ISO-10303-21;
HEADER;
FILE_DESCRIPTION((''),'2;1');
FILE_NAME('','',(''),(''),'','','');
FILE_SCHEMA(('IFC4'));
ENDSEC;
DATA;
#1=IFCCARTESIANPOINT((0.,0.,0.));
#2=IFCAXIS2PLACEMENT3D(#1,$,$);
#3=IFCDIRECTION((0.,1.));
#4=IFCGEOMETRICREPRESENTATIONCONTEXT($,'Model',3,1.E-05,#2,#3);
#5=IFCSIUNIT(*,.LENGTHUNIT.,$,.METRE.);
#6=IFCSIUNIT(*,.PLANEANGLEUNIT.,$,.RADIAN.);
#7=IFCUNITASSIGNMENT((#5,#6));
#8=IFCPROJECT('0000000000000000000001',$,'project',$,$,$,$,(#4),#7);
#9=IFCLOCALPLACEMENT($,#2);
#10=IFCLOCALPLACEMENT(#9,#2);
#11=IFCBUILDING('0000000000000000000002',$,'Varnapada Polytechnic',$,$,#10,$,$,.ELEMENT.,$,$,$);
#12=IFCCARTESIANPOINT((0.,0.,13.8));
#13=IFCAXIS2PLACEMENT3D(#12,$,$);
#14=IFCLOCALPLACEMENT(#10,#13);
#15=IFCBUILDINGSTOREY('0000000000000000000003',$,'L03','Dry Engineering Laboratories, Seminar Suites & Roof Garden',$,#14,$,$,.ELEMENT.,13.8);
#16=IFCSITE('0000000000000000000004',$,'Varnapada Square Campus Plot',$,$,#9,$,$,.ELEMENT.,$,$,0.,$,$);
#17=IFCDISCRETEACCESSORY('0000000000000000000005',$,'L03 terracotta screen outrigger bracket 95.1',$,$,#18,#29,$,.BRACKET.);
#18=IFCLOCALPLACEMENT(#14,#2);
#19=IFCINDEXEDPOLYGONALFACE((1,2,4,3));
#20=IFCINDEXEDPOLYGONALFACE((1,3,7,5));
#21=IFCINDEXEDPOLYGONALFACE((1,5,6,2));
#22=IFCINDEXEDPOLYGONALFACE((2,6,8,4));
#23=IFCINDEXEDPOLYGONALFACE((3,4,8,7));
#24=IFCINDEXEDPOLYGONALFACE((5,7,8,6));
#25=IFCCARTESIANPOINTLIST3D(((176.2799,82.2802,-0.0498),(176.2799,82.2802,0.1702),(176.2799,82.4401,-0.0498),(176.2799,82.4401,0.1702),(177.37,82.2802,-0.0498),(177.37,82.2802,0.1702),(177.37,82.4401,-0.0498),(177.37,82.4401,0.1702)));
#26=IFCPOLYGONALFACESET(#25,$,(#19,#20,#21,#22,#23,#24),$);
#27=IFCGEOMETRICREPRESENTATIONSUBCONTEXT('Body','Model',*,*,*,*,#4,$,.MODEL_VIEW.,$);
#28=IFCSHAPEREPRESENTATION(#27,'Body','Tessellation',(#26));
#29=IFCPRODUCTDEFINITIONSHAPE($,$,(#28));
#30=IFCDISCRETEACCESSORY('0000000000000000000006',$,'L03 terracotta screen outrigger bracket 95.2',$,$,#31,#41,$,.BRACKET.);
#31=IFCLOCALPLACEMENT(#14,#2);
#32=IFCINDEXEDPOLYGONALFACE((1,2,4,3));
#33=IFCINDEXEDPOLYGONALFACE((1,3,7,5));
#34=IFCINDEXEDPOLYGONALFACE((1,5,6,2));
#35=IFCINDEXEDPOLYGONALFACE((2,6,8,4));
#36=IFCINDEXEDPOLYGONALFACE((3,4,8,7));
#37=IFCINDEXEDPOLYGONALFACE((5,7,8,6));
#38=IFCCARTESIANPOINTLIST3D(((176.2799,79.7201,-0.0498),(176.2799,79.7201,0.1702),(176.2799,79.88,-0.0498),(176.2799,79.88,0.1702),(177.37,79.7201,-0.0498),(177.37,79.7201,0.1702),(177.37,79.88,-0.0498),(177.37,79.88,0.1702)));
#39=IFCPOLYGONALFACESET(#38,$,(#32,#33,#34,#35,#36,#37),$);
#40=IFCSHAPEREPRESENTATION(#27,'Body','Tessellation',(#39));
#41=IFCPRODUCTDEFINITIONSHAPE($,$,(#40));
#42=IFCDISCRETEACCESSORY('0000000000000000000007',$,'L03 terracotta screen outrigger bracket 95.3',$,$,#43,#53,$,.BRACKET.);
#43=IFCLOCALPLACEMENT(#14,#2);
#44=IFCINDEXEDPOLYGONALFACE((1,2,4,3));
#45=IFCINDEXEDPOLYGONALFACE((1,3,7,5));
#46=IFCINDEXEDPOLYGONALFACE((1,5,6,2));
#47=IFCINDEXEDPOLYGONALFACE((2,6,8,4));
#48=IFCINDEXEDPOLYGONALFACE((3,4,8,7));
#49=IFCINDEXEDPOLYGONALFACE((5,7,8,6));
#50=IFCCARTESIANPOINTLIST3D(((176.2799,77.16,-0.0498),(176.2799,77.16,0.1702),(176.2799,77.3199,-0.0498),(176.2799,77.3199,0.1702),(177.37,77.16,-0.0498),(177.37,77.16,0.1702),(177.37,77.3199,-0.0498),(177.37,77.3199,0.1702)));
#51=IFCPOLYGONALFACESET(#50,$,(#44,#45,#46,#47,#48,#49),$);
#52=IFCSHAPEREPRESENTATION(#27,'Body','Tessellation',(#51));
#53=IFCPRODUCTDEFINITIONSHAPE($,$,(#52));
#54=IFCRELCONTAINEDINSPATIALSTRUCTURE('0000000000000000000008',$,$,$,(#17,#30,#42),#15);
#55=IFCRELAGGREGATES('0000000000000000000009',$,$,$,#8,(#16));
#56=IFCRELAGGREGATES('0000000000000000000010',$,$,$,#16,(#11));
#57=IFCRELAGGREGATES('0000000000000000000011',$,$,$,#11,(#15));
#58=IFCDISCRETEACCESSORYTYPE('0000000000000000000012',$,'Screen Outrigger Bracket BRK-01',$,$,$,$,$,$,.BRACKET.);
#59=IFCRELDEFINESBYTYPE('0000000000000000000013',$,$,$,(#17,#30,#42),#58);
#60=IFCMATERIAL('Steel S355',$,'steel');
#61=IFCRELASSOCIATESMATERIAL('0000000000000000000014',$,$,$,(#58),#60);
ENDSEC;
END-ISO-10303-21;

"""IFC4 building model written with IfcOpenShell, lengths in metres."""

from ifc_helpers import new_model, si_unit, direction, frame, origin, origin_2d, place, context, subcontext, project, spatial, rectangle, extrude, material, type_object, element, save


model = new_model("IFC4")

# Units and contexts
model_context = context("Model", 3, precision=1e-05, world=origin(), true_north=direction((0.0, 1.0)))
body_context = subcontext(model_context, "Body", "Model", "MODEL_VIEW")
ifc_project = project(units=[si_unit("LENGTHUNIT", "METRE"), si_unit("PLANEANGLEUNIT", "RADIAN")], contexts=[model_context])

# Site, building, storey
site_placement = place(None, origin())
site = spatial("IfcSite", under=ifc_project, at=site_placement, Name="Varnapada Square Campus Plot", CompositionType="ELEMENT", RefElevation=0.0)
building_placement = place(site_placement, origin())
building = spatial("IfcBuilding", under=site, at=building_placement, Name="Varnapada Polytechnic", CompositionType="ELEMENT")
storey_placement = place(building_placement, frame((0.0, 0.0, 13.8)))
storey = spatial("IfcBuildingStorey", under=building, at=storey_placement, Name="L03", Description="Dry Engineering Laboratories, Seminar Suites & Roof Garden", CompositionType="ELEMENT", Elevation=13.8)

# Discrete accessories
ifc_material_1 = material(Name="Steel S355", Category="steel")
discrete_accessory_type = type_object("IfcDiscreteAccessoryType", Name="Screen Outrigger Bracket BRK-01", PredefinedType="BRACKET", material=ifc_material_1)
for number, where, z_axis, x_axis, name in (
    (1, (176.825, 82.3601, -0.0498), (0.0, 0.0, 1.0), (0.0, -1.0, 0.0), "L03 terracotta screen outrigger bracket 95.1"),
    (2, (176.825, 79.8, -0.0498), (0.0, 0.0, 1.0), (0.0, -1.0, 0.0), "L03 terracotta screen outrigger bracket 95.2"),
    (3, (176.825, 77.24, -0.0498), (0.0, 0.0, 1.0), (0.0, -1.0, 0.0), "L03 terracotta screen outrigger bracket 95.3"),
):
    element("IfcDiscreteAccessory", number, at=place(storey_placement, frame(where, z_axis=z_axis, x_axis=x_axis)), inside=storey, type_object=discrete_accessory_type, Name=name, PredefinedType="BRACKET", context=body_context, shape_type="SweptSolid", body=[
        extrude(rectangle(XDim=0.1599, YDim=1.0901, at=origin_2d()), origin(), (0.0, 0.0, 1.0), 0.22),
    ])

save(model, "model.ifc")
